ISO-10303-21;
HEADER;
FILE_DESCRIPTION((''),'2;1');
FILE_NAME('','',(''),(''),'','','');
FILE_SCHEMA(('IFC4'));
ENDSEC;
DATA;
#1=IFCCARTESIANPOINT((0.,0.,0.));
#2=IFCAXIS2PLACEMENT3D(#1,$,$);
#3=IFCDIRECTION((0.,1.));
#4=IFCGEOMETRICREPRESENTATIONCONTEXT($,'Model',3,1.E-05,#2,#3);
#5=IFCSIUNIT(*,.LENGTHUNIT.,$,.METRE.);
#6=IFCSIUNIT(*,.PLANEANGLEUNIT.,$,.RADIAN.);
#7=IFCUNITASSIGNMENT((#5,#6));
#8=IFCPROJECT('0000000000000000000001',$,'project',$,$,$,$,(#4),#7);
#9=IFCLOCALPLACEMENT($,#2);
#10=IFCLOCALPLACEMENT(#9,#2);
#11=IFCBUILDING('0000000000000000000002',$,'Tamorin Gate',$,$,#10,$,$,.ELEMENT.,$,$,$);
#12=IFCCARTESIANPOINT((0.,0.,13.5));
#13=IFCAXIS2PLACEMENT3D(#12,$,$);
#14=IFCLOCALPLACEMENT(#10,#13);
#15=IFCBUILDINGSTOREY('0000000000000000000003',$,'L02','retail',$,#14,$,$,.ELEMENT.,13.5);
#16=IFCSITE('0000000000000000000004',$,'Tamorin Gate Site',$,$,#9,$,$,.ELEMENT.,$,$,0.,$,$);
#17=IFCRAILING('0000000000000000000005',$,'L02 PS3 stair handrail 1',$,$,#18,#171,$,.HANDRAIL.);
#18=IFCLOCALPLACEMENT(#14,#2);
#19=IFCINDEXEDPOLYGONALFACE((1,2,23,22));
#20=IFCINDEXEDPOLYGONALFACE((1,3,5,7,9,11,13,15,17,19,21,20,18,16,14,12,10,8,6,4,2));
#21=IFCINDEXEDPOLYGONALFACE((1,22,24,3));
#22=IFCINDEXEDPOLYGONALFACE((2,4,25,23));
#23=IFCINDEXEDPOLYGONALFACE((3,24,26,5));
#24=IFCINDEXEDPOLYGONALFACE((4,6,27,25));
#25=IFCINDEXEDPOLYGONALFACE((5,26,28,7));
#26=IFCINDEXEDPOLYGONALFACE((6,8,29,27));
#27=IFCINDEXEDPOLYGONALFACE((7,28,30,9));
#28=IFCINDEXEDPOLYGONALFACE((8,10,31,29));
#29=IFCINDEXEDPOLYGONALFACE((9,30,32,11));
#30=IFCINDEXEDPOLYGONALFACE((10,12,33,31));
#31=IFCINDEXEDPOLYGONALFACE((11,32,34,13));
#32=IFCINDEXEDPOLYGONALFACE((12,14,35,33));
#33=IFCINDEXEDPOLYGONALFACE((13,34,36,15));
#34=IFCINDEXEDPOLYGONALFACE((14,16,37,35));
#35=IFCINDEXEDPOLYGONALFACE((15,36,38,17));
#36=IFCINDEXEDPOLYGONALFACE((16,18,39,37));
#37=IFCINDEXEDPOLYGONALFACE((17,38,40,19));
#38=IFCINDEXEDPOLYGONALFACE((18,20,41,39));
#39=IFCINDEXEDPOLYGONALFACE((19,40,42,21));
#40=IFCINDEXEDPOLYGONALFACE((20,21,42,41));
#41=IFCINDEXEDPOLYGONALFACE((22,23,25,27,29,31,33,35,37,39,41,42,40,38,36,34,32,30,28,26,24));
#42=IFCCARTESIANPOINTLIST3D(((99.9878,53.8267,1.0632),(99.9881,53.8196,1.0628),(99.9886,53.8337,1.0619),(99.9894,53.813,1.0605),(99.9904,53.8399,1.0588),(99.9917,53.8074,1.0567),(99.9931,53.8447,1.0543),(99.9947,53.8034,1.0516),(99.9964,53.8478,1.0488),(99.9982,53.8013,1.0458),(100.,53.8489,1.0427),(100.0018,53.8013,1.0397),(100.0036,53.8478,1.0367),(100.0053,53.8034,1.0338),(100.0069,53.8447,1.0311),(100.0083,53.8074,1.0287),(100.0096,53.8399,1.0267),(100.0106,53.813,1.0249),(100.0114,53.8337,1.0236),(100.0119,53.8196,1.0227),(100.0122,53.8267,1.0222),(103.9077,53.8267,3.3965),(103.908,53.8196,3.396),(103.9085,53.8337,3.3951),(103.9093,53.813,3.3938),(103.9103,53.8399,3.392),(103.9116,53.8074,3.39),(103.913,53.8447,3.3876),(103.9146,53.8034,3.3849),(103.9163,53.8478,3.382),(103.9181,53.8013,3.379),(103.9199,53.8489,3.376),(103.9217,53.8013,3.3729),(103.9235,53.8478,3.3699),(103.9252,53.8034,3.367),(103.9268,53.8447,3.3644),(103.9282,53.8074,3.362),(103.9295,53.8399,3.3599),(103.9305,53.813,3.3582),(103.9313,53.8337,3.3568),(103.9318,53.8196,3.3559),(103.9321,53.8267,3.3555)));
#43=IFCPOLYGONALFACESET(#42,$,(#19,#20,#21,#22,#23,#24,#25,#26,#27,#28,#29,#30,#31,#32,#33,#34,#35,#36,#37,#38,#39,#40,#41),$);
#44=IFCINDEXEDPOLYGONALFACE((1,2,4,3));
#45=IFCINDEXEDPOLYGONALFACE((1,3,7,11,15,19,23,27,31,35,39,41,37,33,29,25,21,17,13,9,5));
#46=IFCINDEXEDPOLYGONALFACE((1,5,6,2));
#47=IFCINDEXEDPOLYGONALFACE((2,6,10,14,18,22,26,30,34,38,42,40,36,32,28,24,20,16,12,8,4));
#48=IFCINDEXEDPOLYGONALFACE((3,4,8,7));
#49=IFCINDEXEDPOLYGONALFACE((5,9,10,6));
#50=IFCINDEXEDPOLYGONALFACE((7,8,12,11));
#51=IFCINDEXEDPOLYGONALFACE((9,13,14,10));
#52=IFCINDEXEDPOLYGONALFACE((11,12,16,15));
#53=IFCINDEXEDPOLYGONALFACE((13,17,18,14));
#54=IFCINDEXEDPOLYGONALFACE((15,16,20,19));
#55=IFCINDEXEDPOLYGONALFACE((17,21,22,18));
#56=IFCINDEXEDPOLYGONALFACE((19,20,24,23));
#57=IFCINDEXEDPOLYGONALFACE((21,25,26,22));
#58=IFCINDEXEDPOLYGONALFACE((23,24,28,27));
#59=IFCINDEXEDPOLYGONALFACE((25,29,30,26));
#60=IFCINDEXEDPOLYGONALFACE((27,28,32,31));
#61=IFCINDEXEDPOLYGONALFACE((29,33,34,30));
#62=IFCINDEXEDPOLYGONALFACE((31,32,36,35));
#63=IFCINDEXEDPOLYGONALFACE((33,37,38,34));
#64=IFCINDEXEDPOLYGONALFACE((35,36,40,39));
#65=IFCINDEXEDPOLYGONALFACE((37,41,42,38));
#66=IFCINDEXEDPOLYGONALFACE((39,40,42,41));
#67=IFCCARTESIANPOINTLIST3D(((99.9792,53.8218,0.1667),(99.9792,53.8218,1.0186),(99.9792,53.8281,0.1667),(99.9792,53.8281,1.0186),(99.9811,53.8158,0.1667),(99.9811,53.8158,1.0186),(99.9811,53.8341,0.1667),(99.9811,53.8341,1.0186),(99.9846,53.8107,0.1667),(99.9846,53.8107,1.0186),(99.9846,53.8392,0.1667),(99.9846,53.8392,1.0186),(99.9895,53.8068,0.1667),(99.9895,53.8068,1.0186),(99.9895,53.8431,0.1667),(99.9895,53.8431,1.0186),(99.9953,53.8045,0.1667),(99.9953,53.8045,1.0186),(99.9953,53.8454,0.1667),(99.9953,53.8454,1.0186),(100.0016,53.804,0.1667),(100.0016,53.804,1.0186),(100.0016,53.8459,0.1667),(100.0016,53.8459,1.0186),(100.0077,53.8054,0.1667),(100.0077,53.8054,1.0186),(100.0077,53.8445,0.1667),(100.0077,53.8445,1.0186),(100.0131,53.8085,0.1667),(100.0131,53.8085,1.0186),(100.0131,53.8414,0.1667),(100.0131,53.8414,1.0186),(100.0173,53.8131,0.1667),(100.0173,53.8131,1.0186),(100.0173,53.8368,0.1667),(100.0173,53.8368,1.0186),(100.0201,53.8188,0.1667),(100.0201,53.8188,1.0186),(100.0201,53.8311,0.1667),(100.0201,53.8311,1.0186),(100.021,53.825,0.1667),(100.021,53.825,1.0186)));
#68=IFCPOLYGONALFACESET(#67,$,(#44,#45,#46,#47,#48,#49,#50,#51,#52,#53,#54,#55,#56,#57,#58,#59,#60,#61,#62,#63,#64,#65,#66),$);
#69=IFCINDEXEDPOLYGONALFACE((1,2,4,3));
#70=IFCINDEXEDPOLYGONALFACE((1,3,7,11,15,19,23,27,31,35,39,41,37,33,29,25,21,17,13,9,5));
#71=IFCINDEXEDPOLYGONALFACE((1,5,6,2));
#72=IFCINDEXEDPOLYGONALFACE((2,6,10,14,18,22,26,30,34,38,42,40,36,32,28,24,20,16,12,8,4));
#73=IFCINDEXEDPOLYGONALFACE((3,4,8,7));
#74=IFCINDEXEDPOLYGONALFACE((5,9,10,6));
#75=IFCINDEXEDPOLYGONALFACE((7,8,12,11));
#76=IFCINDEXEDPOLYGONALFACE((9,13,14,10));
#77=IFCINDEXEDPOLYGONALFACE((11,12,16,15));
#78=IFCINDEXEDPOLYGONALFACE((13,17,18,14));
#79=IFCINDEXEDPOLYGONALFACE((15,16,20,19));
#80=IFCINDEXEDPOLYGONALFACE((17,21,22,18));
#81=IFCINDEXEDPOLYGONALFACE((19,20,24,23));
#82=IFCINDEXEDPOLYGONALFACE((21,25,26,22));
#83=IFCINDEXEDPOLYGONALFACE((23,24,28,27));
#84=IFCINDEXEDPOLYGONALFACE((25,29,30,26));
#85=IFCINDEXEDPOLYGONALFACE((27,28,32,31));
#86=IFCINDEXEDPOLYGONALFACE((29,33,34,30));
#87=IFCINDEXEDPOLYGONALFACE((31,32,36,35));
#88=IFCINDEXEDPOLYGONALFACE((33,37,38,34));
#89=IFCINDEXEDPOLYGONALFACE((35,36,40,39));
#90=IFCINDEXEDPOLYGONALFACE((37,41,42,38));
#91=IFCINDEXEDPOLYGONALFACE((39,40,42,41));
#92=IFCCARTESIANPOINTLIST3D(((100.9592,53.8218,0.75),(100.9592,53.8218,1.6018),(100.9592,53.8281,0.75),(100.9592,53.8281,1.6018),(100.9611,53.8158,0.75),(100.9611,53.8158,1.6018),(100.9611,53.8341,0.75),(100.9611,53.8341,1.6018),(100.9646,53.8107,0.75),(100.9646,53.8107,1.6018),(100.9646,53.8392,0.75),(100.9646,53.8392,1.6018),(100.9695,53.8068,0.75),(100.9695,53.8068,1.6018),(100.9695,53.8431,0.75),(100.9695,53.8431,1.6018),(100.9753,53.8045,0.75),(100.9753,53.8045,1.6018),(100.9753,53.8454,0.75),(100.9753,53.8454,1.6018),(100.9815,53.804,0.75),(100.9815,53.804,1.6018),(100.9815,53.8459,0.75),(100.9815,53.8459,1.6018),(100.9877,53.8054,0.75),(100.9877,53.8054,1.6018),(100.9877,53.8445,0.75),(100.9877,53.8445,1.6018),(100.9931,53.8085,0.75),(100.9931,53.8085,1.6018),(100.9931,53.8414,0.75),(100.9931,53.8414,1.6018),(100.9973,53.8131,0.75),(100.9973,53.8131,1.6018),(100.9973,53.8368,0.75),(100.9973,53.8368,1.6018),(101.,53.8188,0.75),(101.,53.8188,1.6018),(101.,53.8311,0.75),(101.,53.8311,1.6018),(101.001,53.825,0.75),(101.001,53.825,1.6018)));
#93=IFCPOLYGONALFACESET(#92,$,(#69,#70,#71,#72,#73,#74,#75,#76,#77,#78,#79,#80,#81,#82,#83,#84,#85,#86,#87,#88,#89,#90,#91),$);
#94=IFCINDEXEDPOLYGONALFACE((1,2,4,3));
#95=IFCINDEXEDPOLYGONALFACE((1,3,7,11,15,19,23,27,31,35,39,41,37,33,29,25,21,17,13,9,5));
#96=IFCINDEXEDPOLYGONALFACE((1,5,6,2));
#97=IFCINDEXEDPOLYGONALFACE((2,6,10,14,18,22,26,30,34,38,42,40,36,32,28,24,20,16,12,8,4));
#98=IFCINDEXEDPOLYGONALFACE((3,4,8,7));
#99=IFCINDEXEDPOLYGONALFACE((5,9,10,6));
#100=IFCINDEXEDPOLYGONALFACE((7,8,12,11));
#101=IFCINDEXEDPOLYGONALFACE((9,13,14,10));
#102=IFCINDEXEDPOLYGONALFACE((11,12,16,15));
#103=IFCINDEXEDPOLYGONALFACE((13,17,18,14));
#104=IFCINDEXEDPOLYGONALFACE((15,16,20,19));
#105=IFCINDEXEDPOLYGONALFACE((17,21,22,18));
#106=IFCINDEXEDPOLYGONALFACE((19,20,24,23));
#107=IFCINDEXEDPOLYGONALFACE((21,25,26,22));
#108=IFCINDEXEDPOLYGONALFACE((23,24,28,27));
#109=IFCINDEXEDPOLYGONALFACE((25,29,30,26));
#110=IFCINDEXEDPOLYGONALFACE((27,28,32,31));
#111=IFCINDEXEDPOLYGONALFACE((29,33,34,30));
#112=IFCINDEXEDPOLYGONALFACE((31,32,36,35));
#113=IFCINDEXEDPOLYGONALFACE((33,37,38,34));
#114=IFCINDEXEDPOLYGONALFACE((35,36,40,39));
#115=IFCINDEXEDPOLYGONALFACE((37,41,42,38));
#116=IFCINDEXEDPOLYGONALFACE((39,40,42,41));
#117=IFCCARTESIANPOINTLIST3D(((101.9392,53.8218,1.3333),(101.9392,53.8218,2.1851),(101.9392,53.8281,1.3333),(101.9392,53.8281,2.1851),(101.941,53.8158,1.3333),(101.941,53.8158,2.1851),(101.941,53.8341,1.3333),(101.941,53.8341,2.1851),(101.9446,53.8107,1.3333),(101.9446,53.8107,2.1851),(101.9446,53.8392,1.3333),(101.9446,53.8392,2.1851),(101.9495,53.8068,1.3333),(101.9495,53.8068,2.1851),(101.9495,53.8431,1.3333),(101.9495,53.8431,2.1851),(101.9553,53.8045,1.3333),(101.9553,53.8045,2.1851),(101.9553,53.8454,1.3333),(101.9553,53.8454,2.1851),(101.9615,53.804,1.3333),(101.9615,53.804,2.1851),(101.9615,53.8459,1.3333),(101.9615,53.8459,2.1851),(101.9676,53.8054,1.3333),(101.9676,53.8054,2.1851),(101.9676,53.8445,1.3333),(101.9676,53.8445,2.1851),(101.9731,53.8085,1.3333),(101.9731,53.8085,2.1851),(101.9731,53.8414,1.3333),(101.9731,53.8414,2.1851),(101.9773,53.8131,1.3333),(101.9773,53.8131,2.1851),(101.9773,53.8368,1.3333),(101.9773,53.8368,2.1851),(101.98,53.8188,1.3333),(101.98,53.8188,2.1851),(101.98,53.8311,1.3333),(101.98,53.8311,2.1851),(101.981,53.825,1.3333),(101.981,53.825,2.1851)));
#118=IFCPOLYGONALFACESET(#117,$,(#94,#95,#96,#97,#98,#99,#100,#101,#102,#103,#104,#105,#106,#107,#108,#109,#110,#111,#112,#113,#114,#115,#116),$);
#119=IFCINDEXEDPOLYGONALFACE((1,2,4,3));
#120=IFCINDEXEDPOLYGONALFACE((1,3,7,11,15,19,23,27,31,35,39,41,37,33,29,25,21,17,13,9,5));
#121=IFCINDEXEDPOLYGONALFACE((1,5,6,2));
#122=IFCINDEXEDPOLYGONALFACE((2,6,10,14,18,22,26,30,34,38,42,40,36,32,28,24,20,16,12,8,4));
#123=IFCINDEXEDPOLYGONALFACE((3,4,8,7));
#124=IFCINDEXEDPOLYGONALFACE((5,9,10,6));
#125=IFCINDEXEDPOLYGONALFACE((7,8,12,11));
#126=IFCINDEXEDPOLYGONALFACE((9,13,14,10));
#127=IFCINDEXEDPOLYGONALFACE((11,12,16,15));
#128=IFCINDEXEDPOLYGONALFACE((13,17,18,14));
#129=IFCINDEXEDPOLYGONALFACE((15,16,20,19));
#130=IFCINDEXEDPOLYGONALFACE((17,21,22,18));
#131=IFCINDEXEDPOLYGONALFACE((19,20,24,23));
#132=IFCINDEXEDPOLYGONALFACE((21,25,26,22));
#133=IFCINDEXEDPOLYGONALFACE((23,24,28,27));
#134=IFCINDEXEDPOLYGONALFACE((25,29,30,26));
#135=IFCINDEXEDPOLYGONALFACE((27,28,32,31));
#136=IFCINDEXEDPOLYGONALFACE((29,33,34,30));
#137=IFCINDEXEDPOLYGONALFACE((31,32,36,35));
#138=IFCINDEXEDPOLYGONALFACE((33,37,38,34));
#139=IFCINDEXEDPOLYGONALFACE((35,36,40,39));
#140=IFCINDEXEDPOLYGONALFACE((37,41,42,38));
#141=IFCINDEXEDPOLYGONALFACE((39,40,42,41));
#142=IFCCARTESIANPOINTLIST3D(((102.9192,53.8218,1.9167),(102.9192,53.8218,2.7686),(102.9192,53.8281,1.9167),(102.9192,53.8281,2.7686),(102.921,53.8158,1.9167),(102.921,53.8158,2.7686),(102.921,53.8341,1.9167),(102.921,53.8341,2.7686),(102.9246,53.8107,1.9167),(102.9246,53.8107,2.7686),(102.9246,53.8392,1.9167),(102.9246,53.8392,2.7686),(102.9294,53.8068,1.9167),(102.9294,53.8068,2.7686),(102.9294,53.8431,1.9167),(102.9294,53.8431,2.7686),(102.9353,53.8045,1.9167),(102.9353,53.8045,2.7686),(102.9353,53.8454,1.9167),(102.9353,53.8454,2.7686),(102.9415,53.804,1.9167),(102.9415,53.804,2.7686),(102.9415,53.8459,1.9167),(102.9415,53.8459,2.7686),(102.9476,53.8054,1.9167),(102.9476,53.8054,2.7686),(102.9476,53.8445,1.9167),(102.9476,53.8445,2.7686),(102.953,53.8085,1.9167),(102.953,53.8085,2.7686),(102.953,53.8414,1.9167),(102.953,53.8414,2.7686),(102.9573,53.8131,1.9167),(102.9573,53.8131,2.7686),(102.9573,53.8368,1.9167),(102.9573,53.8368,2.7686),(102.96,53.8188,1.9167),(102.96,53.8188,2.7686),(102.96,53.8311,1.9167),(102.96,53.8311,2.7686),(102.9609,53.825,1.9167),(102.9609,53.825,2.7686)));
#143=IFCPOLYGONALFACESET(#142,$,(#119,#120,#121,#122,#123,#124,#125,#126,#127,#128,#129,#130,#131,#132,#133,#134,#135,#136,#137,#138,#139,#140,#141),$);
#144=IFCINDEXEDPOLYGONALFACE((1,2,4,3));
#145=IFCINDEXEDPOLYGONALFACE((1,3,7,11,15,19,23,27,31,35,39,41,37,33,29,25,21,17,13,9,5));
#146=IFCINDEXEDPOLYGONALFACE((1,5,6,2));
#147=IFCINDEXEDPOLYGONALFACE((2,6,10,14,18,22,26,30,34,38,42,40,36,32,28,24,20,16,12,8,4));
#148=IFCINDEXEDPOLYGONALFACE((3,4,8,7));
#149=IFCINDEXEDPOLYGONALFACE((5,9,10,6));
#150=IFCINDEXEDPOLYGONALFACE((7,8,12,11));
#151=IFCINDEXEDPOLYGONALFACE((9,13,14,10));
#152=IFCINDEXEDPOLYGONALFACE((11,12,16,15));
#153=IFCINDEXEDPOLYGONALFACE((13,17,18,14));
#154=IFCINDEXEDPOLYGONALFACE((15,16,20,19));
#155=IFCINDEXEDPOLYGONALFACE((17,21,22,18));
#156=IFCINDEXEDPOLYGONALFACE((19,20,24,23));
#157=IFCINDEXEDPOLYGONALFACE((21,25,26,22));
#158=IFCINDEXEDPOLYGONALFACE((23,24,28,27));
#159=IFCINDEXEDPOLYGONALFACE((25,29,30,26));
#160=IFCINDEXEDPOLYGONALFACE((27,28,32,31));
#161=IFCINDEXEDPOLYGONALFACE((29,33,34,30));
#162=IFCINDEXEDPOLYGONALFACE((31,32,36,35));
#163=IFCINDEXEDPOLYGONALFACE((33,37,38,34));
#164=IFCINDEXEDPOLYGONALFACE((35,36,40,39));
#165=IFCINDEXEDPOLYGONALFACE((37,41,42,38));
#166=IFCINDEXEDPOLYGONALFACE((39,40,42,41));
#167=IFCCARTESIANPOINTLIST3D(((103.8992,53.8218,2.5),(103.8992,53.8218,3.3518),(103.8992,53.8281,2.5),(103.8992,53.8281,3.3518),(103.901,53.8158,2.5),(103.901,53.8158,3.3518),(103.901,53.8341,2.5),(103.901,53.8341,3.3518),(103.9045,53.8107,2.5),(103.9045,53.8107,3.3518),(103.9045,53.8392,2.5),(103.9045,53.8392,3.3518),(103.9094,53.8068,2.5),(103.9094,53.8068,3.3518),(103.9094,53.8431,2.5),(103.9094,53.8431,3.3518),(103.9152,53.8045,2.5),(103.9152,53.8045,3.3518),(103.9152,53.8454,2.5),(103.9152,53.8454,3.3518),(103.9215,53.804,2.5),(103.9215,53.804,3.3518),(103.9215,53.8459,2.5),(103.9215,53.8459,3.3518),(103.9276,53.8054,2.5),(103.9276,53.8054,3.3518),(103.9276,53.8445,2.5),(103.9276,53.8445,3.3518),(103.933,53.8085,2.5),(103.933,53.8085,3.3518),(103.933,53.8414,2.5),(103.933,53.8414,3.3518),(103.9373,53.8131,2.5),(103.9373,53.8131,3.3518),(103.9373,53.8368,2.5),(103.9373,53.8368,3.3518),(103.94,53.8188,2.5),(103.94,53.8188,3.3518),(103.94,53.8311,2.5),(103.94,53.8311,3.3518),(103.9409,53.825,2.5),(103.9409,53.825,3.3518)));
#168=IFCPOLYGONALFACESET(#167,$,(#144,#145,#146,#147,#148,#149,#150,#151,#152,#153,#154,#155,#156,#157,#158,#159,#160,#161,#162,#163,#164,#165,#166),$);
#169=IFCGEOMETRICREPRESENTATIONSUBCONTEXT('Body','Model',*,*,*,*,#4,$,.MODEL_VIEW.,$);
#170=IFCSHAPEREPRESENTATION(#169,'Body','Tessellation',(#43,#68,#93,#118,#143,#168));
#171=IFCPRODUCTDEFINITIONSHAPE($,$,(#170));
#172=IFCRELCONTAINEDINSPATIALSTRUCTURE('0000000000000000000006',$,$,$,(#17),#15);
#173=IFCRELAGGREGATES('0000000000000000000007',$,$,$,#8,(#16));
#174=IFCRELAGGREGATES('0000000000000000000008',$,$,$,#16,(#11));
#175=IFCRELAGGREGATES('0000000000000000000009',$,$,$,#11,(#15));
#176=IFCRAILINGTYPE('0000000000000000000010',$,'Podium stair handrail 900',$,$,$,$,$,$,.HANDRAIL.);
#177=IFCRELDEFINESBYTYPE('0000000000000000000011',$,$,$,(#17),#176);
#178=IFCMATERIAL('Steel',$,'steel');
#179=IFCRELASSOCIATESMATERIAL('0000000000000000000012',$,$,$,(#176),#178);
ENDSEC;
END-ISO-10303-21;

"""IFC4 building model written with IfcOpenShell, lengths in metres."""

from ifc_helpers import new_model, si_unit, direction, frame, origin, origin_2d, place, context, subcontext, project, spatial, circle, extrude, material, type_object, element, save


model = new_model("IFC4")

# Units and contexts
model_context = context("Model", 3, precision=1e-05, world=origin(), true_north=direction((0.0, 1.0)))
body_context = subcontext(model_context, "Body", "Model", "MODEL_VIEW")
ifc_project = project(units=[si_unit("LENGTHUNIT", "METRE"), si_unit("PLANEANGLEUNIT", "RADIAN")], contexts=[model_context])

# Site, building, storey
site_placement = place(None, origin())
site = spatial("IfcSite", under=ifc_project, at=site_placement, Name="Tamorin Gate Site", CompositionType="ELEMENT", RefElevation=0.0)
building_placement = place(site_placement, origin())
building = spatial("IfcBuilding", under=site, at=building_placement, Name="Tamorin Gate", CompositionType="ELEMENT")
storey_placement = place(building_placement, frame((0.0, 0.0, 13.5)))
storey = spatial("IfcBuildingStorey", under=building, at=storey_placement, Name="L02", Description="retail", CompositionType="ELEMENT", Elevation=13.5)

# Railing
ifc_material_1 = material(Name="Steel", Category="steel")
railing_type_1 = type_object("IfcRailingType", Name="Podium stair handrail 900", PredefinedType="HANDRAIL", material=ifc_material_1)
railing_1_placement = place(storey_placement, frame((100.0, 53.825, 0.1667)))
element("IfcRailing", 1, at=railing_1_placement, inside=storey, type_object=railing_type_1, Name="L02 PS3 stair handrail 1", PredefinedType="HANDRAIL", context=body_context, shape_type="SweptSolid", body=[
    extrude(circle(Radius=0.0239, at=origin_2d()), frame((0.0, 0.0, 0.876), z_axis=(0.859296, 0.0, 0.511478), x_axis=(0.0, 1.0, 0.0)), (0.0, 0.0, 1.0), 4.5618),
    extrude(circle(Radius=0.021, at=origin_2d()), origin(), (0.0, 0.0, 1.0), 0.8518),
    extrude(circle(Radius=0.021, at=origin_2d()), frame((0.98, 0.0, 0.5833)), (0.0, 0.0, 1.0), 0.8518),
    extrude(circle(Radius=0.021, at=origin_2d()), frame((1.96, 0.0, 1.1665)), (0.0, 0.0, 1.0), 0.8518),
    extrude(circle(Radius=0.021, at=origin_2d()), frame((2.9399, 0.0, 1.75)), (0.0, 0.0, 1.0), 0.8518),
    extrude(circle(Radius=0.021, at=origin_2d()), frame((3.9199, 0.0, 2.3333)), (0.0, 0.0, 1.0), 0.8518),
])

save(model, "model.ifc")
